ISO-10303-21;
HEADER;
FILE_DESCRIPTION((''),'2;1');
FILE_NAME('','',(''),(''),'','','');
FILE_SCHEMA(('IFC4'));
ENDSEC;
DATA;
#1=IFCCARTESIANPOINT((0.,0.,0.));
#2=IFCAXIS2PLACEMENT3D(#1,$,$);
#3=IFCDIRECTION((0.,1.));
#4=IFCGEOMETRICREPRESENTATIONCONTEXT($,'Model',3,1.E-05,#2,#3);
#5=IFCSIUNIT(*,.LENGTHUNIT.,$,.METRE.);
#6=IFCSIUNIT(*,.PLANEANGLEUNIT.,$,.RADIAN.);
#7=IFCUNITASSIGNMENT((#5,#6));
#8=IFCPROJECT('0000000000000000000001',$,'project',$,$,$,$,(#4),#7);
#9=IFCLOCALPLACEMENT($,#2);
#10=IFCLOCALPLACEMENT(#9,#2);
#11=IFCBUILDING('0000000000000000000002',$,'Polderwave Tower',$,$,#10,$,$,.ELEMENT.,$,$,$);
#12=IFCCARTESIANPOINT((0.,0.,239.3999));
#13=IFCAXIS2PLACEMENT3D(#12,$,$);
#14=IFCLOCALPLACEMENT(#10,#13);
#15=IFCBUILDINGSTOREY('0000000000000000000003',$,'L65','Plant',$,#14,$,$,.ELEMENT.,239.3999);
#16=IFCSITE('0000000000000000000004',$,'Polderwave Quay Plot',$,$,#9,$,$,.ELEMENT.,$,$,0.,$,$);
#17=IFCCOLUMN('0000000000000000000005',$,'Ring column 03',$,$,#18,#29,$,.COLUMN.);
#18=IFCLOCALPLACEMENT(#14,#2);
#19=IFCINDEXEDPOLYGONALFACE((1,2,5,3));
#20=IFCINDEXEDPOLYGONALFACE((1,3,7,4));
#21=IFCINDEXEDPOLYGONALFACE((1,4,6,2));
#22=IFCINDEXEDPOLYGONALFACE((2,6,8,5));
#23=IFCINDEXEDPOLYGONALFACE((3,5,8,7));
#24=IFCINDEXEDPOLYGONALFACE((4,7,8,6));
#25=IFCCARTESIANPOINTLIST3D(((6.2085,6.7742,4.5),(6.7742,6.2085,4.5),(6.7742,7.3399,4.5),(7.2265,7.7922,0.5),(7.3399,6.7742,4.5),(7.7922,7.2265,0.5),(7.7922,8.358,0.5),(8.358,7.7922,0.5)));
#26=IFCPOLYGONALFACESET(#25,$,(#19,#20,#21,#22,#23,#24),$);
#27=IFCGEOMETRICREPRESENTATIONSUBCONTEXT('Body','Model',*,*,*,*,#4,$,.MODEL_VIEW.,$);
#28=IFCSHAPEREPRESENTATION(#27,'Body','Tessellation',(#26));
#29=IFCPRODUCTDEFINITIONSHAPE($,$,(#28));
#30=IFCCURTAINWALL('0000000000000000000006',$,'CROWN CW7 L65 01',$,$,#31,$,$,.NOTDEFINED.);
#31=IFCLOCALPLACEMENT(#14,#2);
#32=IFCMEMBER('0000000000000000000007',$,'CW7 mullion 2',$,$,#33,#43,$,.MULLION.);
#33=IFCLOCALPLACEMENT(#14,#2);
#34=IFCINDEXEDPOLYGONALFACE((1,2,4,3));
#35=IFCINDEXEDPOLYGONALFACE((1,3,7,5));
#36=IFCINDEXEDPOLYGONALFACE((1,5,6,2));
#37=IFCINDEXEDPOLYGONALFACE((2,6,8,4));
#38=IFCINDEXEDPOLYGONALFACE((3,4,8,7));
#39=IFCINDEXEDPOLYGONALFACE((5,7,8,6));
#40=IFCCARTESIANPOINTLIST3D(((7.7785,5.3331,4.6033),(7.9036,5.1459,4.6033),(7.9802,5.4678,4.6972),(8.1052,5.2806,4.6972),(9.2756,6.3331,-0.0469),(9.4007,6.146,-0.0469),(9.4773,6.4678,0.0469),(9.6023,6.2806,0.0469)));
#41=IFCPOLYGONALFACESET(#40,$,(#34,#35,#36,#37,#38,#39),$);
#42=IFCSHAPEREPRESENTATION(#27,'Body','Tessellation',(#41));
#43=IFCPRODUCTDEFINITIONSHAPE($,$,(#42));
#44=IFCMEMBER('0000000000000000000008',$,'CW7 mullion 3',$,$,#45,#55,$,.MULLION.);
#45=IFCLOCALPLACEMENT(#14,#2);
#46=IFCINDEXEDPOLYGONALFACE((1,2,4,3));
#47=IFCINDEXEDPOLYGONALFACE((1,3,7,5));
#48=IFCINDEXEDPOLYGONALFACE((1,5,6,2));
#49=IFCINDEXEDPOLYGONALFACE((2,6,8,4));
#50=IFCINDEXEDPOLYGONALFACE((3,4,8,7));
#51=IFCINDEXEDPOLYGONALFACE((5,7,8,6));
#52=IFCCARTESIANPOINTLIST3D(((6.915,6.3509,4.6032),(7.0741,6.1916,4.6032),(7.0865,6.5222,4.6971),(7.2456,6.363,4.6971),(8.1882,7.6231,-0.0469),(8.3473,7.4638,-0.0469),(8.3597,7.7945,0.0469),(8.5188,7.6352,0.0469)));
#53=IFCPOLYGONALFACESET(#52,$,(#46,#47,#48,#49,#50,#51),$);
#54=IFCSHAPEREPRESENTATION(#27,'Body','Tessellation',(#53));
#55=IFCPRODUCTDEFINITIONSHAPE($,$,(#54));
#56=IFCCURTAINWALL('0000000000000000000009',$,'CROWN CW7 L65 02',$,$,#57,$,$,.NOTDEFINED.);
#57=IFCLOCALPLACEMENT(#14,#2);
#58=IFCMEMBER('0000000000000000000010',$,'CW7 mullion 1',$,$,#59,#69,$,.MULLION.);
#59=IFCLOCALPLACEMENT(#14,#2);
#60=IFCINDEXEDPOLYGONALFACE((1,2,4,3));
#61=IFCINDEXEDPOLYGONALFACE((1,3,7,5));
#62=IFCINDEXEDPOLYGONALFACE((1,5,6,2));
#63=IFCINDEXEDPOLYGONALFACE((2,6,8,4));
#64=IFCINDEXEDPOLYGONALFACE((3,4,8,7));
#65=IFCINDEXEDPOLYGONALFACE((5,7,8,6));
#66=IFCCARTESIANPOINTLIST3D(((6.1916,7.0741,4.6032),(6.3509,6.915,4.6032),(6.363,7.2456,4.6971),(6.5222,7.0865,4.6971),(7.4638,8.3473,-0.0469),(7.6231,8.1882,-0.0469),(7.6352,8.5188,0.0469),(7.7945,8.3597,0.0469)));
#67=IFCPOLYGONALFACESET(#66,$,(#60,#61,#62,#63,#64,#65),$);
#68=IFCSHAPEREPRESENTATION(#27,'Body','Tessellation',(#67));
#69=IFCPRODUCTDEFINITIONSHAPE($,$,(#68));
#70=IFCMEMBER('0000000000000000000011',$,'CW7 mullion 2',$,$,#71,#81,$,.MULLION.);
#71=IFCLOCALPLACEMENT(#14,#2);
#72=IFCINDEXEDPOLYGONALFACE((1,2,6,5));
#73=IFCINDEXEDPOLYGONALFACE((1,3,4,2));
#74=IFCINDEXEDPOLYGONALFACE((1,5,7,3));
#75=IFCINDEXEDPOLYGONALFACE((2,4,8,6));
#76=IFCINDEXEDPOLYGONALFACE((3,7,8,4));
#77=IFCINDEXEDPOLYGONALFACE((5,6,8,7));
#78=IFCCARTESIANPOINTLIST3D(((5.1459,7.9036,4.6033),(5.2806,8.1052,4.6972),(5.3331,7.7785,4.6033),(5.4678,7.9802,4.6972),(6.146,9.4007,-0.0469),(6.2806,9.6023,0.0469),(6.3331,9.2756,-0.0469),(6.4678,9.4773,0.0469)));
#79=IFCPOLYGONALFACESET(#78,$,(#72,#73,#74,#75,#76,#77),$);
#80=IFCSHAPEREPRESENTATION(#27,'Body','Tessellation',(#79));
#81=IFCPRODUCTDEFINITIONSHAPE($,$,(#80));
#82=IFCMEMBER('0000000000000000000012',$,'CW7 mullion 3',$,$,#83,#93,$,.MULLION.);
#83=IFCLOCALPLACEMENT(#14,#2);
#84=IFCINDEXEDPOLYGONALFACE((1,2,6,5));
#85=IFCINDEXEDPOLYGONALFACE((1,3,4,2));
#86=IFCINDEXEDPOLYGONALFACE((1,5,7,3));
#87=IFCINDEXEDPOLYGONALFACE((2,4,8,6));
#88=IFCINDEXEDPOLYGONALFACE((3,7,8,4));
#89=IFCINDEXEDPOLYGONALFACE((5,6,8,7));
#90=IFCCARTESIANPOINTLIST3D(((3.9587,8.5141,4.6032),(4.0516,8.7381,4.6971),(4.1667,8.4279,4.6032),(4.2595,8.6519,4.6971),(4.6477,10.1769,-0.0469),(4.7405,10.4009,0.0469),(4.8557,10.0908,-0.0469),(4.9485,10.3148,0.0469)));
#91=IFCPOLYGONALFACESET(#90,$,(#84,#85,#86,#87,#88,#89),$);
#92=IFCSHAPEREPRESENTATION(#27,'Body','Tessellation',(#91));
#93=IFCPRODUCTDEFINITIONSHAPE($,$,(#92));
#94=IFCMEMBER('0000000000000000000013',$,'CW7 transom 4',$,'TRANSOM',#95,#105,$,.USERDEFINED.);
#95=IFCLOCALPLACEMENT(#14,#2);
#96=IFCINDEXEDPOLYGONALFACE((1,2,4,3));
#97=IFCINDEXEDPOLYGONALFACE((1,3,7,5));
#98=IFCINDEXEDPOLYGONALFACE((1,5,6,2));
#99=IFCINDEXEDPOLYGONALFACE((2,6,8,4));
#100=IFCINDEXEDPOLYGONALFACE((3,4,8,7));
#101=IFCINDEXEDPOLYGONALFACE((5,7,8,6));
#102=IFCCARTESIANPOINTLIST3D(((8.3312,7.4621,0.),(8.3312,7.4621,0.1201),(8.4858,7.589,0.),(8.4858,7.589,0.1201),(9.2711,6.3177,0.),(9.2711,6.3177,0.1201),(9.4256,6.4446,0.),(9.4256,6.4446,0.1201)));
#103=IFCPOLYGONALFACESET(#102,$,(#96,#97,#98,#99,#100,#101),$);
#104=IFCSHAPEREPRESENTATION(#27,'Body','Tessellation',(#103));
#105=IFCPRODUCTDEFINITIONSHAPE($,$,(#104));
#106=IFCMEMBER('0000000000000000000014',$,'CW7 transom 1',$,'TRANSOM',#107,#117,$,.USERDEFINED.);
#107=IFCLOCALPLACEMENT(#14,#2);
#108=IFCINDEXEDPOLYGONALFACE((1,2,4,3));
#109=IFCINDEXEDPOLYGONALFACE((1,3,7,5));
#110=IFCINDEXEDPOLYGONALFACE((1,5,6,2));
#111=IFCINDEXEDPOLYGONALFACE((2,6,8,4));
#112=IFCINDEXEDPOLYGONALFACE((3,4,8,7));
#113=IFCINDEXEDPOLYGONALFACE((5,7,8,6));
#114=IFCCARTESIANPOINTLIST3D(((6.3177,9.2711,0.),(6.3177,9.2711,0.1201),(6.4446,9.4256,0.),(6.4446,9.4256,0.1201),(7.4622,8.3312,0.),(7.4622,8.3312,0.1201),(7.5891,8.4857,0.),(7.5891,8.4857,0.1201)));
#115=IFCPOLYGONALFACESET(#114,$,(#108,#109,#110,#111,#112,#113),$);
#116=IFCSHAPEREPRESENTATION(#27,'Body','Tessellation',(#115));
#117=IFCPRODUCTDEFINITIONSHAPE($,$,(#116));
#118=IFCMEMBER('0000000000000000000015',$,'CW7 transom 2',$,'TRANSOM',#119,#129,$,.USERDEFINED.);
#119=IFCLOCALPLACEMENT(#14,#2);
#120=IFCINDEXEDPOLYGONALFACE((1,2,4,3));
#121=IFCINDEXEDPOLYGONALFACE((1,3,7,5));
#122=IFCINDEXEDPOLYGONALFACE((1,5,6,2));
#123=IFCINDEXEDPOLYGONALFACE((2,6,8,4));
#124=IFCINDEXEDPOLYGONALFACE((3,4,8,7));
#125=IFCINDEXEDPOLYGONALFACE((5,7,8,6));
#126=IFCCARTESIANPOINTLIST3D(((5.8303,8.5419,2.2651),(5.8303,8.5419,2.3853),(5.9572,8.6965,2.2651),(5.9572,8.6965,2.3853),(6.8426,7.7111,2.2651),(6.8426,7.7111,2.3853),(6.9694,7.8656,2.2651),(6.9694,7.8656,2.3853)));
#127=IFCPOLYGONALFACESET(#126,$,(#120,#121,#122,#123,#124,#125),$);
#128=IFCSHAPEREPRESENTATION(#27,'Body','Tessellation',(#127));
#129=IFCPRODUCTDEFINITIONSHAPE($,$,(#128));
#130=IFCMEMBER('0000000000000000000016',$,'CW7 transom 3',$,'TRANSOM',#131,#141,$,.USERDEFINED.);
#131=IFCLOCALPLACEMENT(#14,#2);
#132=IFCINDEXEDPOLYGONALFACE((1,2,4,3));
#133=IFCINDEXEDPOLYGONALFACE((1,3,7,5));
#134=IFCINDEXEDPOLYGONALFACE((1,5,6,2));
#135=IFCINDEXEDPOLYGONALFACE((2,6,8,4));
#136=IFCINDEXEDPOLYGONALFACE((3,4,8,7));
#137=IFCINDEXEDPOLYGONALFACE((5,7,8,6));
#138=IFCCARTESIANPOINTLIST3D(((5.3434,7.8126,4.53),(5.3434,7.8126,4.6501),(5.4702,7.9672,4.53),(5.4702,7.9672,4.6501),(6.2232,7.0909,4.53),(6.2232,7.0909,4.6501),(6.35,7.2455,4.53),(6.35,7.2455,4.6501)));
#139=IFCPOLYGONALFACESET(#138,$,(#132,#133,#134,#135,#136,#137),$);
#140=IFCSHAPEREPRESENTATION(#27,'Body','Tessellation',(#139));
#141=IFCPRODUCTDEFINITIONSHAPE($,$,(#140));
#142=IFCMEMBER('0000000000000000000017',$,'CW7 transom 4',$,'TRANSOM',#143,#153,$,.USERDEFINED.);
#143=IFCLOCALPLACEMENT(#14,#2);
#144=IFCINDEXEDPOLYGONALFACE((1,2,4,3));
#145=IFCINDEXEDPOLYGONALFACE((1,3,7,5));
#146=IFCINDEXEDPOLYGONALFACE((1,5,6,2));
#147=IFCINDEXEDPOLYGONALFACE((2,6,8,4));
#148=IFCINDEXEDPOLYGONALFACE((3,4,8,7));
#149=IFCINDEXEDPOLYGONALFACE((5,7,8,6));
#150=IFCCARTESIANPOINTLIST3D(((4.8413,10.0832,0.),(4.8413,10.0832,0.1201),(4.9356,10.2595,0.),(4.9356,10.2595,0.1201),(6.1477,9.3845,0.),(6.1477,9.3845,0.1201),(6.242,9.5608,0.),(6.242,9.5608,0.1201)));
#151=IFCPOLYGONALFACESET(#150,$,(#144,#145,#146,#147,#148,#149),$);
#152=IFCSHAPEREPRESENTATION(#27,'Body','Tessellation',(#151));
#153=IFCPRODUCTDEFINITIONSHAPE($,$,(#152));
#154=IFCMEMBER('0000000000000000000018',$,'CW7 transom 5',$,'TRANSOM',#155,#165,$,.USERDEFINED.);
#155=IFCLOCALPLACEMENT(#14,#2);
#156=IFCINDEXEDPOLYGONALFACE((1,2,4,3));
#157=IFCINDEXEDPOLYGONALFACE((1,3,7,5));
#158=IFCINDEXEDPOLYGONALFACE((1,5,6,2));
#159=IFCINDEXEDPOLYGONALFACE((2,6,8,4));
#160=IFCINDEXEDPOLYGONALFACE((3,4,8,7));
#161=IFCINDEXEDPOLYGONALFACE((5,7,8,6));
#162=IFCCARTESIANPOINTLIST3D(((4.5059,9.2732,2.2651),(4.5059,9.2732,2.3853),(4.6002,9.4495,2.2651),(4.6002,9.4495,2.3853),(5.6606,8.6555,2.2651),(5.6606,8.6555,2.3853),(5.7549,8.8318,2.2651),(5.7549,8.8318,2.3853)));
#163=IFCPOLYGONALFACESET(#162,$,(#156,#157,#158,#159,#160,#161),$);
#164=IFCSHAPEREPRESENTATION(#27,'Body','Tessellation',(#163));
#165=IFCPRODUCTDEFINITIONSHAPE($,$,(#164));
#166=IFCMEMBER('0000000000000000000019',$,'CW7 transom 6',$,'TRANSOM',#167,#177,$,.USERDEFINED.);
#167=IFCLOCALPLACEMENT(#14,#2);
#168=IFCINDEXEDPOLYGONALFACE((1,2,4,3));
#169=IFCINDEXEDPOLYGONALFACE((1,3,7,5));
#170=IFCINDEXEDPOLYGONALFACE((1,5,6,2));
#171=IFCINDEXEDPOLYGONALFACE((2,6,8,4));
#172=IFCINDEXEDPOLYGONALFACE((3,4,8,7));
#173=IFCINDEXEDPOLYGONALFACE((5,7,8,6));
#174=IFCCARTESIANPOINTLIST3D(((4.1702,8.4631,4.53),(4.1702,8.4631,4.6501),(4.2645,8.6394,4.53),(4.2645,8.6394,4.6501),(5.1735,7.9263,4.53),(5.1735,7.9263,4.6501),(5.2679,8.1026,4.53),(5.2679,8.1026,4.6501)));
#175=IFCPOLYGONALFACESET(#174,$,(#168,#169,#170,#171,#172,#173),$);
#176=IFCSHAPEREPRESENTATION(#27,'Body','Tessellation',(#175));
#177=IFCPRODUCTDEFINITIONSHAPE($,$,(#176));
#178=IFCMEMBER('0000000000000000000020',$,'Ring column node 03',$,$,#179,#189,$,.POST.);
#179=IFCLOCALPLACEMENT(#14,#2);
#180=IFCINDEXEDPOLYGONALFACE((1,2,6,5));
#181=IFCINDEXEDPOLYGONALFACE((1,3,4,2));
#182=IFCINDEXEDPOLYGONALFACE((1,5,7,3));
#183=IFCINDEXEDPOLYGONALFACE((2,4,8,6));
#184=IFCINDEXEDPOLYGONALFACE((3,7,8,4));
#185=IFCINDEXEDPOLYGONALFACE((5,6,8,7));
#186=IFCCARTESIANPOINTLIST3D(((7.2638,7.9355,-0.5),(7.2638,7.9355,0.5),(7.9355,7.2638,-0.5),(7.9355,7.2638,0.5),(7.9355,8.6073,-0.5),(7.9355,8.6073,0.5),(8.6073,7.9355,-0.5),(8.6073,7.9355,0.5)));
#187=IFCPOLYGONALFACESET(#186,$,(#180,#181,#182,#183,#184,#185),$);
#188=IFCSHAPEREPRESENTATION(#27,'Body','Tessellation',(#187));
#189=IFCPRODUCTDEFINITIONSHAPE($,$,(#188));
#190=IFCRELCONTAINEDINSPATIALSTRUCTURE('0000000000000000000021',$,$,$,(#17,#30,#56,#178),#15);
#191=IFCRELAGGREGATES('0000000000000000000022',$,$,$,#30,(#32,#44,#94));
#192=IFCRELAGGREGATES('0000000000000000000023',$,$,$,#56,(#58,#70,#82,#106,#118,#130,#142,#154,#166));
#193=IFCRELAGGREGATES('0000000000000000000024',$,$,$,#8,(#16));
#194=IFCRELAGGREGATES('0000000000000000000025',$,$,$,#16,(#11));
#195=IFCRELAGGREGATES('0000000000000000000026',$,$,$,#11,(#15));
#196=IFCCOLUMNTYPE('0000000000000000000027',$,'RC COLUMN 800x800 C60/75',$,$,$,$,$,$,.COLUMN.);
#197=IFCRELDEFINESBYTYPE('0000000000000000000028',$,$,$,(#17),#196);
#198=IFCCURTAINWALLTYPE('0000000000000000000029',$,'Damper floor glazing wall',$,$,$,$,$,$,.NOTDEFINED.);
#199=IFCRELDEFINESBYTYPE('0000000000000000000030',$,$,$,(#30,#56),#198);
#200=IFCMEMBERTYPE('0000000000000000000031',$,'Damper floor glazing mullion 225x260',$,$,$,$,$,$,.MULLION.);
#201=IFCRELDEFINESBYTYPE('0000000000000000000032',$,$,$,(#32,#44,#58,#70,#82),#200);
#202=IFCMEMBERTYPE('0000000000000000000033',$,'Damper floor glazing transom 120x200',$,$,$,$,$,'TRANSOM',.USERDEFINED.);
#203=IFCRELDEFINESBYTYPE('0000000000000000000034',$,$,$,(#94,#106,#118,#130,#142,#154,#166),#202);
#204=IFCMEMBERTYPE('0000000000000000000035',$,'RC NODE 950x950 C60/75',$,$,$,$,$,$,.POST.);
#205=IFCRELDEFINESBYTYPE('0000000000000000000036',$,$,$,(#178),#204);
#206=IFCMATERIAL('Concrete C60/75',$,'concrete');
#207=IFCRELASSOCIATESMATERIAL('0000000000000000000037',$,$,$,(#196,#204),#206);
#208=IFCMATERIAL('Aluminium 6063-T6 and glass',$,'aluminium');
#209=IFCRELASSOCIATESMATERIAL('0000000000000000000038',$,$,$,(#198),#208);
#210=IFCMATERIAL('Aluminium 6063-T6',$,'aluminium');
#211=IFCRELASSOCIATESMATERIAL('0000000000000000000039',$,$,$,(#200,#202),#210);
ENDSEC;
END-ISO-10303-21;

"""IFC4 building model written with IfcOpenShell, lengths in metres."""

from ifc_helpers import new_model, si_unit, direction, frame, origin, origin_2d, place, context, subcontext, project, spatial, rectangle, extrude, material, material_profile, profile_set, type_object, element, aggregate, save


model = new_model("IFC4")

# Units and contexts
model_context = context("Model", 3, precision=1e-05, world=origin(), true_north=direction((0.0, 1.0)))
body_context = subcontext(model_context, "Body", "Model", "MODEL_VIEW")
ifc_project = project(units=[si_unit("LENGTHUNIT", "METRE"), si_unit("PLANEANGLEUNIT", "RADIAN")], contexts=[model_context])

# Site, building, storey
site_placement = place(None, origin())
site = spatial("IfcSite", under=ifc_project, at=site_placement, Name="Polderwave Quay Plot", CompositionType="ELEMENT", RefElevation=0.0)
building_placement = place(site_placement, origin())
building = spatial("IfcBuilding", under=site, at=building_placement, Name="Polderwave Tower", CompositionType="ELEMENT")
storey_placement = place(building_placement, frame((0.0, 0.0, 239.3999)))
storey = spatial("IfcBuildingStorey", under=building, at=storey_placement, Name="L65", Description="Plant", CompositionType="ELEMENT", Elevation=239.3999)

# Column
ifc_material_1 = material(Name="Concrete C60/75", Category="concrete")
ifc_material_profile_1 = material_profile(ifc_material_1, rectangle(XDim=0.8, YDim=0.8, at=origin_2d()), Name="RC 800x800")
ifc_profile_set_1 = profile_set([ifc_material_profile_1], Name="Concrete C60/75")
column_type = type_object("IfcColumnType", Name="RC COLUMN 800x800 C60/75", PredefinedType="COLUMN", material=ifc_profile_set_1)
column_placement = place(storey_placement, frame((7.7922, 7.7922, 0.5), z_axis=(0.0, 0.0, 1.0), x_axis=(0.707107, -0.707107, 0.0)))
element("IfcColumn", 1, at=column_placement, inside=storey, type_object=column_type, Name="Ring column 03", PredefinedType="COLUMN", context=body_context, shape_type="SweptSolid", body=[
    extrude(rectangle(XDim=0.8, YDim=0.8, at=origin_2d()), origin(), (0.0, -0.33867, 0.940905), 4.2512),
])

# Curtain walls, members
ifc_material_2 = material(Name="Aluminium 6063-T6 and glass", Category="aluminium")
curtain_wall_type = type_object("IfcCurtainWallType", Name="Damper floor glazing wall", PredefinedType="NOTDEFINED", material=ifc_material_2)
curtain_wall_1_placement = place(storey_placement, origin())
curtain_wall_1 = element("IfcCurtainWall", 2, at=curtain_wall_1_placement, inside=storey, type_object=curtain_wall_type, Name="CROWN CW7 L65 01", PredefinedType="NOTDEFINED")
ifc_material_3 = material(Name="Aluminium 6063-T6", Category="aluminium")
ifc_material_profile_2 = material_profile(ifc_material_3, rectangle(XDim=0.2251, YDim=0.26, at=origin_2d()), Name="AL 225x260")
ifc_profile_set_2 = profile_set([ifc_material_profile_2], Name="Aluminium 6063-T6")
member_type_1 = type_object("IfcMemberType", Name="Damper floor glazing mullion 225x260", PredefinedType="MULLION", material=ifc_profile_set_2)
member_1_placement = place(storey_placement, frame((9.439, 6.3069, 0.0), z_axis=(-0.300225, -0.200542, 0.932549), x_axis=(0.555451, -0.831549, 0.0)))
member_1 = element("IfcMember", 3, at=member_1_placement, type_object=member_type_1, Name="CW7 mullion 2", PredefinedType="MULLION", context=body_context, shape_type="SweptSolid", body=[
    extrude(rectangle(XDim=0.2251, YDim=0.26, at=origin_2d()), origin(), (0.0, 0.0, 1.0), 4.9866),
])
member_2_placement = place(storey_placement, frame((8.3535, 7.6292, 0.0), z_axis=(-0.255337, -0.255141, 0.93258), x_axis=(0.706835, -0.707378, 0.0)))
member_2 = element("IfcMember", 4, at=member_2_placement, type_object=member_type_1, Name="CW7 mullion 3", PredefinedType="MULLION", context=body_context, shape_type="SweptSolid", body=[
    extrude(rectangle(XDim=0.2251, YDim=0.26, at=origin_2d()), origin(), (0.0, 0.0, 1.0), 4.9863),
])
curtain_wall_2_placement = place(storey_placement, origin())
curtain_wall_2 = element("IfcCurtainWall", 5, at=curtain_wall_2_placement, inside=storey, type_object=curtain_wall_type, Name="CROWN CW7 L65 02", PredefinedType="NOTDEFINED")
member_3_placement = place(storey_placement, frame((7.6292, 8.3535, 0.0), z_axis=(-0.255141, -0.255337, 0.93258), x_axis=(0.707378, -0.706835, 0.0)))
member_3 = element("IfcMember", 6, at=member_3_placement, type_object=member_type_1, Name="CW7 mullion 1", PredefinedType="MULLION", context=body_context, shape_type="SweptSolid", body=[
    extrude(rectangle(XDim=0.2251, YDim=0.26, at=origin_2d()), origin(), (0.0, 0.0, 1.0), 4.9863),
])
member_4_placement = place(storey_placement, frame((6.3069, 9.439, 0.0), z_axis=(-0.200542, -0.300225, 0.932549), x_axis=(0.831549, -0.555451, 0.0)))
member_4 = element("IfcMember", 7, at=member_4_placement, type_object=member_type_1, Name="CW7 mullion 2", PredefinedType="MULLION", context=body_context, shape_type="SweptSolid", body=[
    extrude(rectangle(XDim=0.2251, YDim=0.26, at=origin_2d()), origin(), (0.0, 0.0, 1.0), 4.9866),
])
member_5_placement = place(storey_placement, frame((4.7981, 10.2458, 0.0), z_axis=(-0.13817, -0.333479, 0.932577), x_axis=(0.923842, -0.382775, 0.0)))
member_5 = element("IfcMember", 8, at=member_5_placement, type_object=member_type_1, Name="CW7 mullion 3", PredefinedType="MULLION", context=body_context, shape_type="SweptSolid", body=[
    extrude(rectangle(XDim=0.2251, YDim=0.26, at=origin_2d()), origin(), (0.0, 0.0, 1.0), 4.9863),
])

# Members
ifc_material_profile_3 = material_profile(ifc_material_3, rectangle(XDim=0.2, YDim=0.1201, at=origin_2d()), Name="AL 120x200")
ifc_profile_set_3 = profile_set([ifc_material_profile_3], Name="Aluminium 6063-T6")
member_type_2 = type_object("IfcMemberType", Name="Damper floor glazing transom 120x200", ElementType="TRANSOM", PredefinedType="USERDEFINED", material=ifc_profile_set_3)
member_6_placement = place(storey_placement, frame((9.3484, 6.3811, 0.0601), z_axis=(-0.634655, 0.772796, 0.0), x_axis=(-0.772796, -0.634655, 0.0)))
member_6 = element("IfcMember", 9, at=member_6_placement, type_object=member_type_2, Name="CW7 transom 4", ObjectType="TRANSOM", PredefinedType="USERDEFINED", context=body_context, shape_type="SweptSolid", body=[
    extrude(rectangle(XDim=0.2, YDim=0.1201, at=origin_2d()), origin(), (0.0, 0.0, 1.0), 1.481),
])
member_7_placement = place(storey_placement, frame((7.5256, 8.4084, 0.0601), z_axis=(-0.772796, 0.634655, 0.0), x_axis=(-0.634655, -0.772796, 0.0)))
member_7 = element("IfcMember", 10, at=member_7_placement, type_object=member_type_2, Name="CW7 transom 1", ObjectType="TRANSOM", PredefinedType="USERDEFINED", context=body_context, shape_type="SweptSolid", body=[
    extrude(rectangle(XDim=0.2, YDim=0.1201, at=origin_2d()), origin(), (0.0, 0.0, 1.0), 1.481),
])
member_8_placement = place(storey_placement, frame((6.906, 7.7883, 2.3252), z_axis=(-0.772968, 0.634445, 0.0), x_axis=(-0.634445, -0.772968, 0.0)))
member_8 = element("IfcMember", 11, at=member_8_placement, type_object=member_type_2, Name="CW7 transom 2", ObjectType="TRANSOM", PredefinedType="USERDEFINED", context=body_context, shape_type="SweptSolid", body=[
    extrude(rectangle(XDim=0.2, YDim=0.1201, at=origin_2d()), origin(), (0.0, 0.0, 1.0), 1.3096),
])
member_9_placement = place(storey_placement, frame((6.2866, 7.1682, 4.5901), z_axis=(-0.773192, 0.634172, 0.0), x_axis=(-0.634172, -0.773192, 0.0)))
member_9 = element("IfcMember", 12, at=member_9_placement, type_object=member_type_2, Name="CW7 transom 3", ObjectType="TRANSOM", PredefinedType="USERDEFINED", context=body_context, shape_type="SweptSolid", body=[
    extrude(rectangle(XDim=0.2, YDim=0.1201, at=origin_2d()), origin(), (0.0, 0.0, 1.0), 1.1379),
])
member_10_placement = place(storey_placement, frame((6.1948, 9.4727, 0.0601), z_axis=(-0.881796, 0.471631, 0.0), x_axis=(-0.471631, -0.881796, 0.0)))
member_10 = element("IfcMember", 13, at=member_10_placement, type_object=member_type_2, Name="CW7 transom 4", ObjectType="TRANSOM", PredefinedType="USERDEFINED", context=body_context, shape_type="SweptSolid", body=[
    extrude(rectangle(XDim=0.2, YDim=0.1201, at=origin_2d()), origin(), (0.0, 0.0, 1.0), 1.4814),
])
member_11_placement = place(storey_placement, frame((5.7078, 8.7437, 2.3252), z_axis=(-0.881785, 0.471652, 0.0), x_axis=(-0.471652, -0.881785, 0.0)))
member_11 = element("IfcMember", 14, at=member_11_placement, type_object=member_type_2, Name="CW7 transom 5", ObjectType="TRANSOM", PredefinedType="USERDEFINED", context=body_context, shape_type="SweptSolid", body=[
    extrude(rectangle(XDim=0.2, YDim=0.1201, at=origin_2d()), origin(), (0.0, 0.0, 1.0), 1.3096),
])
member_12_placement = place(storey_placement, frame((5.2207, 8.0144, 4.5901), z_axis=(-0.881729, 0.471757, 0.0), x_axis=(-0.471757, -0.881729, 0.0)))
member_12 = element("IfcMember", 15, at=member_12_placement, type_object=member_type_2, Name="CW7 transom 6", ObjectType="TRANSOM", PredefinedType="USERDEFINED", context=body_context, shape_type="SweptSolid", body=[
    extrude(rectangle(XDim=0.2, YDim=0.1201, at=origin_2d()), origin(), (0.0, 0.0, 1.0), 1.1379),
])
ifc_material_profile_4 = material_profile(ifc_material_1, rectangle(XDim=0.95, YDim=0.95, at=origin_2d()), Name="RC 950x950")
ifc_profile_set_4 = profile_set([ifc_material_profile_4], Name="Concrete C60/75")
member_type_3 = type_object("IfcMemberType", Name="RC NODE 950x950 C60/75", PredefinedType="POST", material=ifc_profile_set_4)
member_13_placement = place(storey_placement, frame((7.9355, 7.9355, -0.5), z_axis=(0.0, 0.0, 1.0), x_axis=(0.707107, 0.707107, 0.0)))
element("IfcMember", 16, at=member_13_placement, inside=storey, type_object=member_type_3, Name="Ring column node 03", PredefinedType="POST", context=body_context, shape_type="SweptSolid", body=[
    extrude(rectangle(XDim=0.95, YDim=0.95, at=origin_2d()), origin(), (0.0, 0.0, 1.0), 1.0),
])

aggregate(curtain_wall_1, [member_1, member_2, member_6])
aggregate(curtain_wall_2, [member_3, member_4, member_5, member_7, member_8, member_9, member_10, member_11, member_12])

save(model, "model.ifc")
